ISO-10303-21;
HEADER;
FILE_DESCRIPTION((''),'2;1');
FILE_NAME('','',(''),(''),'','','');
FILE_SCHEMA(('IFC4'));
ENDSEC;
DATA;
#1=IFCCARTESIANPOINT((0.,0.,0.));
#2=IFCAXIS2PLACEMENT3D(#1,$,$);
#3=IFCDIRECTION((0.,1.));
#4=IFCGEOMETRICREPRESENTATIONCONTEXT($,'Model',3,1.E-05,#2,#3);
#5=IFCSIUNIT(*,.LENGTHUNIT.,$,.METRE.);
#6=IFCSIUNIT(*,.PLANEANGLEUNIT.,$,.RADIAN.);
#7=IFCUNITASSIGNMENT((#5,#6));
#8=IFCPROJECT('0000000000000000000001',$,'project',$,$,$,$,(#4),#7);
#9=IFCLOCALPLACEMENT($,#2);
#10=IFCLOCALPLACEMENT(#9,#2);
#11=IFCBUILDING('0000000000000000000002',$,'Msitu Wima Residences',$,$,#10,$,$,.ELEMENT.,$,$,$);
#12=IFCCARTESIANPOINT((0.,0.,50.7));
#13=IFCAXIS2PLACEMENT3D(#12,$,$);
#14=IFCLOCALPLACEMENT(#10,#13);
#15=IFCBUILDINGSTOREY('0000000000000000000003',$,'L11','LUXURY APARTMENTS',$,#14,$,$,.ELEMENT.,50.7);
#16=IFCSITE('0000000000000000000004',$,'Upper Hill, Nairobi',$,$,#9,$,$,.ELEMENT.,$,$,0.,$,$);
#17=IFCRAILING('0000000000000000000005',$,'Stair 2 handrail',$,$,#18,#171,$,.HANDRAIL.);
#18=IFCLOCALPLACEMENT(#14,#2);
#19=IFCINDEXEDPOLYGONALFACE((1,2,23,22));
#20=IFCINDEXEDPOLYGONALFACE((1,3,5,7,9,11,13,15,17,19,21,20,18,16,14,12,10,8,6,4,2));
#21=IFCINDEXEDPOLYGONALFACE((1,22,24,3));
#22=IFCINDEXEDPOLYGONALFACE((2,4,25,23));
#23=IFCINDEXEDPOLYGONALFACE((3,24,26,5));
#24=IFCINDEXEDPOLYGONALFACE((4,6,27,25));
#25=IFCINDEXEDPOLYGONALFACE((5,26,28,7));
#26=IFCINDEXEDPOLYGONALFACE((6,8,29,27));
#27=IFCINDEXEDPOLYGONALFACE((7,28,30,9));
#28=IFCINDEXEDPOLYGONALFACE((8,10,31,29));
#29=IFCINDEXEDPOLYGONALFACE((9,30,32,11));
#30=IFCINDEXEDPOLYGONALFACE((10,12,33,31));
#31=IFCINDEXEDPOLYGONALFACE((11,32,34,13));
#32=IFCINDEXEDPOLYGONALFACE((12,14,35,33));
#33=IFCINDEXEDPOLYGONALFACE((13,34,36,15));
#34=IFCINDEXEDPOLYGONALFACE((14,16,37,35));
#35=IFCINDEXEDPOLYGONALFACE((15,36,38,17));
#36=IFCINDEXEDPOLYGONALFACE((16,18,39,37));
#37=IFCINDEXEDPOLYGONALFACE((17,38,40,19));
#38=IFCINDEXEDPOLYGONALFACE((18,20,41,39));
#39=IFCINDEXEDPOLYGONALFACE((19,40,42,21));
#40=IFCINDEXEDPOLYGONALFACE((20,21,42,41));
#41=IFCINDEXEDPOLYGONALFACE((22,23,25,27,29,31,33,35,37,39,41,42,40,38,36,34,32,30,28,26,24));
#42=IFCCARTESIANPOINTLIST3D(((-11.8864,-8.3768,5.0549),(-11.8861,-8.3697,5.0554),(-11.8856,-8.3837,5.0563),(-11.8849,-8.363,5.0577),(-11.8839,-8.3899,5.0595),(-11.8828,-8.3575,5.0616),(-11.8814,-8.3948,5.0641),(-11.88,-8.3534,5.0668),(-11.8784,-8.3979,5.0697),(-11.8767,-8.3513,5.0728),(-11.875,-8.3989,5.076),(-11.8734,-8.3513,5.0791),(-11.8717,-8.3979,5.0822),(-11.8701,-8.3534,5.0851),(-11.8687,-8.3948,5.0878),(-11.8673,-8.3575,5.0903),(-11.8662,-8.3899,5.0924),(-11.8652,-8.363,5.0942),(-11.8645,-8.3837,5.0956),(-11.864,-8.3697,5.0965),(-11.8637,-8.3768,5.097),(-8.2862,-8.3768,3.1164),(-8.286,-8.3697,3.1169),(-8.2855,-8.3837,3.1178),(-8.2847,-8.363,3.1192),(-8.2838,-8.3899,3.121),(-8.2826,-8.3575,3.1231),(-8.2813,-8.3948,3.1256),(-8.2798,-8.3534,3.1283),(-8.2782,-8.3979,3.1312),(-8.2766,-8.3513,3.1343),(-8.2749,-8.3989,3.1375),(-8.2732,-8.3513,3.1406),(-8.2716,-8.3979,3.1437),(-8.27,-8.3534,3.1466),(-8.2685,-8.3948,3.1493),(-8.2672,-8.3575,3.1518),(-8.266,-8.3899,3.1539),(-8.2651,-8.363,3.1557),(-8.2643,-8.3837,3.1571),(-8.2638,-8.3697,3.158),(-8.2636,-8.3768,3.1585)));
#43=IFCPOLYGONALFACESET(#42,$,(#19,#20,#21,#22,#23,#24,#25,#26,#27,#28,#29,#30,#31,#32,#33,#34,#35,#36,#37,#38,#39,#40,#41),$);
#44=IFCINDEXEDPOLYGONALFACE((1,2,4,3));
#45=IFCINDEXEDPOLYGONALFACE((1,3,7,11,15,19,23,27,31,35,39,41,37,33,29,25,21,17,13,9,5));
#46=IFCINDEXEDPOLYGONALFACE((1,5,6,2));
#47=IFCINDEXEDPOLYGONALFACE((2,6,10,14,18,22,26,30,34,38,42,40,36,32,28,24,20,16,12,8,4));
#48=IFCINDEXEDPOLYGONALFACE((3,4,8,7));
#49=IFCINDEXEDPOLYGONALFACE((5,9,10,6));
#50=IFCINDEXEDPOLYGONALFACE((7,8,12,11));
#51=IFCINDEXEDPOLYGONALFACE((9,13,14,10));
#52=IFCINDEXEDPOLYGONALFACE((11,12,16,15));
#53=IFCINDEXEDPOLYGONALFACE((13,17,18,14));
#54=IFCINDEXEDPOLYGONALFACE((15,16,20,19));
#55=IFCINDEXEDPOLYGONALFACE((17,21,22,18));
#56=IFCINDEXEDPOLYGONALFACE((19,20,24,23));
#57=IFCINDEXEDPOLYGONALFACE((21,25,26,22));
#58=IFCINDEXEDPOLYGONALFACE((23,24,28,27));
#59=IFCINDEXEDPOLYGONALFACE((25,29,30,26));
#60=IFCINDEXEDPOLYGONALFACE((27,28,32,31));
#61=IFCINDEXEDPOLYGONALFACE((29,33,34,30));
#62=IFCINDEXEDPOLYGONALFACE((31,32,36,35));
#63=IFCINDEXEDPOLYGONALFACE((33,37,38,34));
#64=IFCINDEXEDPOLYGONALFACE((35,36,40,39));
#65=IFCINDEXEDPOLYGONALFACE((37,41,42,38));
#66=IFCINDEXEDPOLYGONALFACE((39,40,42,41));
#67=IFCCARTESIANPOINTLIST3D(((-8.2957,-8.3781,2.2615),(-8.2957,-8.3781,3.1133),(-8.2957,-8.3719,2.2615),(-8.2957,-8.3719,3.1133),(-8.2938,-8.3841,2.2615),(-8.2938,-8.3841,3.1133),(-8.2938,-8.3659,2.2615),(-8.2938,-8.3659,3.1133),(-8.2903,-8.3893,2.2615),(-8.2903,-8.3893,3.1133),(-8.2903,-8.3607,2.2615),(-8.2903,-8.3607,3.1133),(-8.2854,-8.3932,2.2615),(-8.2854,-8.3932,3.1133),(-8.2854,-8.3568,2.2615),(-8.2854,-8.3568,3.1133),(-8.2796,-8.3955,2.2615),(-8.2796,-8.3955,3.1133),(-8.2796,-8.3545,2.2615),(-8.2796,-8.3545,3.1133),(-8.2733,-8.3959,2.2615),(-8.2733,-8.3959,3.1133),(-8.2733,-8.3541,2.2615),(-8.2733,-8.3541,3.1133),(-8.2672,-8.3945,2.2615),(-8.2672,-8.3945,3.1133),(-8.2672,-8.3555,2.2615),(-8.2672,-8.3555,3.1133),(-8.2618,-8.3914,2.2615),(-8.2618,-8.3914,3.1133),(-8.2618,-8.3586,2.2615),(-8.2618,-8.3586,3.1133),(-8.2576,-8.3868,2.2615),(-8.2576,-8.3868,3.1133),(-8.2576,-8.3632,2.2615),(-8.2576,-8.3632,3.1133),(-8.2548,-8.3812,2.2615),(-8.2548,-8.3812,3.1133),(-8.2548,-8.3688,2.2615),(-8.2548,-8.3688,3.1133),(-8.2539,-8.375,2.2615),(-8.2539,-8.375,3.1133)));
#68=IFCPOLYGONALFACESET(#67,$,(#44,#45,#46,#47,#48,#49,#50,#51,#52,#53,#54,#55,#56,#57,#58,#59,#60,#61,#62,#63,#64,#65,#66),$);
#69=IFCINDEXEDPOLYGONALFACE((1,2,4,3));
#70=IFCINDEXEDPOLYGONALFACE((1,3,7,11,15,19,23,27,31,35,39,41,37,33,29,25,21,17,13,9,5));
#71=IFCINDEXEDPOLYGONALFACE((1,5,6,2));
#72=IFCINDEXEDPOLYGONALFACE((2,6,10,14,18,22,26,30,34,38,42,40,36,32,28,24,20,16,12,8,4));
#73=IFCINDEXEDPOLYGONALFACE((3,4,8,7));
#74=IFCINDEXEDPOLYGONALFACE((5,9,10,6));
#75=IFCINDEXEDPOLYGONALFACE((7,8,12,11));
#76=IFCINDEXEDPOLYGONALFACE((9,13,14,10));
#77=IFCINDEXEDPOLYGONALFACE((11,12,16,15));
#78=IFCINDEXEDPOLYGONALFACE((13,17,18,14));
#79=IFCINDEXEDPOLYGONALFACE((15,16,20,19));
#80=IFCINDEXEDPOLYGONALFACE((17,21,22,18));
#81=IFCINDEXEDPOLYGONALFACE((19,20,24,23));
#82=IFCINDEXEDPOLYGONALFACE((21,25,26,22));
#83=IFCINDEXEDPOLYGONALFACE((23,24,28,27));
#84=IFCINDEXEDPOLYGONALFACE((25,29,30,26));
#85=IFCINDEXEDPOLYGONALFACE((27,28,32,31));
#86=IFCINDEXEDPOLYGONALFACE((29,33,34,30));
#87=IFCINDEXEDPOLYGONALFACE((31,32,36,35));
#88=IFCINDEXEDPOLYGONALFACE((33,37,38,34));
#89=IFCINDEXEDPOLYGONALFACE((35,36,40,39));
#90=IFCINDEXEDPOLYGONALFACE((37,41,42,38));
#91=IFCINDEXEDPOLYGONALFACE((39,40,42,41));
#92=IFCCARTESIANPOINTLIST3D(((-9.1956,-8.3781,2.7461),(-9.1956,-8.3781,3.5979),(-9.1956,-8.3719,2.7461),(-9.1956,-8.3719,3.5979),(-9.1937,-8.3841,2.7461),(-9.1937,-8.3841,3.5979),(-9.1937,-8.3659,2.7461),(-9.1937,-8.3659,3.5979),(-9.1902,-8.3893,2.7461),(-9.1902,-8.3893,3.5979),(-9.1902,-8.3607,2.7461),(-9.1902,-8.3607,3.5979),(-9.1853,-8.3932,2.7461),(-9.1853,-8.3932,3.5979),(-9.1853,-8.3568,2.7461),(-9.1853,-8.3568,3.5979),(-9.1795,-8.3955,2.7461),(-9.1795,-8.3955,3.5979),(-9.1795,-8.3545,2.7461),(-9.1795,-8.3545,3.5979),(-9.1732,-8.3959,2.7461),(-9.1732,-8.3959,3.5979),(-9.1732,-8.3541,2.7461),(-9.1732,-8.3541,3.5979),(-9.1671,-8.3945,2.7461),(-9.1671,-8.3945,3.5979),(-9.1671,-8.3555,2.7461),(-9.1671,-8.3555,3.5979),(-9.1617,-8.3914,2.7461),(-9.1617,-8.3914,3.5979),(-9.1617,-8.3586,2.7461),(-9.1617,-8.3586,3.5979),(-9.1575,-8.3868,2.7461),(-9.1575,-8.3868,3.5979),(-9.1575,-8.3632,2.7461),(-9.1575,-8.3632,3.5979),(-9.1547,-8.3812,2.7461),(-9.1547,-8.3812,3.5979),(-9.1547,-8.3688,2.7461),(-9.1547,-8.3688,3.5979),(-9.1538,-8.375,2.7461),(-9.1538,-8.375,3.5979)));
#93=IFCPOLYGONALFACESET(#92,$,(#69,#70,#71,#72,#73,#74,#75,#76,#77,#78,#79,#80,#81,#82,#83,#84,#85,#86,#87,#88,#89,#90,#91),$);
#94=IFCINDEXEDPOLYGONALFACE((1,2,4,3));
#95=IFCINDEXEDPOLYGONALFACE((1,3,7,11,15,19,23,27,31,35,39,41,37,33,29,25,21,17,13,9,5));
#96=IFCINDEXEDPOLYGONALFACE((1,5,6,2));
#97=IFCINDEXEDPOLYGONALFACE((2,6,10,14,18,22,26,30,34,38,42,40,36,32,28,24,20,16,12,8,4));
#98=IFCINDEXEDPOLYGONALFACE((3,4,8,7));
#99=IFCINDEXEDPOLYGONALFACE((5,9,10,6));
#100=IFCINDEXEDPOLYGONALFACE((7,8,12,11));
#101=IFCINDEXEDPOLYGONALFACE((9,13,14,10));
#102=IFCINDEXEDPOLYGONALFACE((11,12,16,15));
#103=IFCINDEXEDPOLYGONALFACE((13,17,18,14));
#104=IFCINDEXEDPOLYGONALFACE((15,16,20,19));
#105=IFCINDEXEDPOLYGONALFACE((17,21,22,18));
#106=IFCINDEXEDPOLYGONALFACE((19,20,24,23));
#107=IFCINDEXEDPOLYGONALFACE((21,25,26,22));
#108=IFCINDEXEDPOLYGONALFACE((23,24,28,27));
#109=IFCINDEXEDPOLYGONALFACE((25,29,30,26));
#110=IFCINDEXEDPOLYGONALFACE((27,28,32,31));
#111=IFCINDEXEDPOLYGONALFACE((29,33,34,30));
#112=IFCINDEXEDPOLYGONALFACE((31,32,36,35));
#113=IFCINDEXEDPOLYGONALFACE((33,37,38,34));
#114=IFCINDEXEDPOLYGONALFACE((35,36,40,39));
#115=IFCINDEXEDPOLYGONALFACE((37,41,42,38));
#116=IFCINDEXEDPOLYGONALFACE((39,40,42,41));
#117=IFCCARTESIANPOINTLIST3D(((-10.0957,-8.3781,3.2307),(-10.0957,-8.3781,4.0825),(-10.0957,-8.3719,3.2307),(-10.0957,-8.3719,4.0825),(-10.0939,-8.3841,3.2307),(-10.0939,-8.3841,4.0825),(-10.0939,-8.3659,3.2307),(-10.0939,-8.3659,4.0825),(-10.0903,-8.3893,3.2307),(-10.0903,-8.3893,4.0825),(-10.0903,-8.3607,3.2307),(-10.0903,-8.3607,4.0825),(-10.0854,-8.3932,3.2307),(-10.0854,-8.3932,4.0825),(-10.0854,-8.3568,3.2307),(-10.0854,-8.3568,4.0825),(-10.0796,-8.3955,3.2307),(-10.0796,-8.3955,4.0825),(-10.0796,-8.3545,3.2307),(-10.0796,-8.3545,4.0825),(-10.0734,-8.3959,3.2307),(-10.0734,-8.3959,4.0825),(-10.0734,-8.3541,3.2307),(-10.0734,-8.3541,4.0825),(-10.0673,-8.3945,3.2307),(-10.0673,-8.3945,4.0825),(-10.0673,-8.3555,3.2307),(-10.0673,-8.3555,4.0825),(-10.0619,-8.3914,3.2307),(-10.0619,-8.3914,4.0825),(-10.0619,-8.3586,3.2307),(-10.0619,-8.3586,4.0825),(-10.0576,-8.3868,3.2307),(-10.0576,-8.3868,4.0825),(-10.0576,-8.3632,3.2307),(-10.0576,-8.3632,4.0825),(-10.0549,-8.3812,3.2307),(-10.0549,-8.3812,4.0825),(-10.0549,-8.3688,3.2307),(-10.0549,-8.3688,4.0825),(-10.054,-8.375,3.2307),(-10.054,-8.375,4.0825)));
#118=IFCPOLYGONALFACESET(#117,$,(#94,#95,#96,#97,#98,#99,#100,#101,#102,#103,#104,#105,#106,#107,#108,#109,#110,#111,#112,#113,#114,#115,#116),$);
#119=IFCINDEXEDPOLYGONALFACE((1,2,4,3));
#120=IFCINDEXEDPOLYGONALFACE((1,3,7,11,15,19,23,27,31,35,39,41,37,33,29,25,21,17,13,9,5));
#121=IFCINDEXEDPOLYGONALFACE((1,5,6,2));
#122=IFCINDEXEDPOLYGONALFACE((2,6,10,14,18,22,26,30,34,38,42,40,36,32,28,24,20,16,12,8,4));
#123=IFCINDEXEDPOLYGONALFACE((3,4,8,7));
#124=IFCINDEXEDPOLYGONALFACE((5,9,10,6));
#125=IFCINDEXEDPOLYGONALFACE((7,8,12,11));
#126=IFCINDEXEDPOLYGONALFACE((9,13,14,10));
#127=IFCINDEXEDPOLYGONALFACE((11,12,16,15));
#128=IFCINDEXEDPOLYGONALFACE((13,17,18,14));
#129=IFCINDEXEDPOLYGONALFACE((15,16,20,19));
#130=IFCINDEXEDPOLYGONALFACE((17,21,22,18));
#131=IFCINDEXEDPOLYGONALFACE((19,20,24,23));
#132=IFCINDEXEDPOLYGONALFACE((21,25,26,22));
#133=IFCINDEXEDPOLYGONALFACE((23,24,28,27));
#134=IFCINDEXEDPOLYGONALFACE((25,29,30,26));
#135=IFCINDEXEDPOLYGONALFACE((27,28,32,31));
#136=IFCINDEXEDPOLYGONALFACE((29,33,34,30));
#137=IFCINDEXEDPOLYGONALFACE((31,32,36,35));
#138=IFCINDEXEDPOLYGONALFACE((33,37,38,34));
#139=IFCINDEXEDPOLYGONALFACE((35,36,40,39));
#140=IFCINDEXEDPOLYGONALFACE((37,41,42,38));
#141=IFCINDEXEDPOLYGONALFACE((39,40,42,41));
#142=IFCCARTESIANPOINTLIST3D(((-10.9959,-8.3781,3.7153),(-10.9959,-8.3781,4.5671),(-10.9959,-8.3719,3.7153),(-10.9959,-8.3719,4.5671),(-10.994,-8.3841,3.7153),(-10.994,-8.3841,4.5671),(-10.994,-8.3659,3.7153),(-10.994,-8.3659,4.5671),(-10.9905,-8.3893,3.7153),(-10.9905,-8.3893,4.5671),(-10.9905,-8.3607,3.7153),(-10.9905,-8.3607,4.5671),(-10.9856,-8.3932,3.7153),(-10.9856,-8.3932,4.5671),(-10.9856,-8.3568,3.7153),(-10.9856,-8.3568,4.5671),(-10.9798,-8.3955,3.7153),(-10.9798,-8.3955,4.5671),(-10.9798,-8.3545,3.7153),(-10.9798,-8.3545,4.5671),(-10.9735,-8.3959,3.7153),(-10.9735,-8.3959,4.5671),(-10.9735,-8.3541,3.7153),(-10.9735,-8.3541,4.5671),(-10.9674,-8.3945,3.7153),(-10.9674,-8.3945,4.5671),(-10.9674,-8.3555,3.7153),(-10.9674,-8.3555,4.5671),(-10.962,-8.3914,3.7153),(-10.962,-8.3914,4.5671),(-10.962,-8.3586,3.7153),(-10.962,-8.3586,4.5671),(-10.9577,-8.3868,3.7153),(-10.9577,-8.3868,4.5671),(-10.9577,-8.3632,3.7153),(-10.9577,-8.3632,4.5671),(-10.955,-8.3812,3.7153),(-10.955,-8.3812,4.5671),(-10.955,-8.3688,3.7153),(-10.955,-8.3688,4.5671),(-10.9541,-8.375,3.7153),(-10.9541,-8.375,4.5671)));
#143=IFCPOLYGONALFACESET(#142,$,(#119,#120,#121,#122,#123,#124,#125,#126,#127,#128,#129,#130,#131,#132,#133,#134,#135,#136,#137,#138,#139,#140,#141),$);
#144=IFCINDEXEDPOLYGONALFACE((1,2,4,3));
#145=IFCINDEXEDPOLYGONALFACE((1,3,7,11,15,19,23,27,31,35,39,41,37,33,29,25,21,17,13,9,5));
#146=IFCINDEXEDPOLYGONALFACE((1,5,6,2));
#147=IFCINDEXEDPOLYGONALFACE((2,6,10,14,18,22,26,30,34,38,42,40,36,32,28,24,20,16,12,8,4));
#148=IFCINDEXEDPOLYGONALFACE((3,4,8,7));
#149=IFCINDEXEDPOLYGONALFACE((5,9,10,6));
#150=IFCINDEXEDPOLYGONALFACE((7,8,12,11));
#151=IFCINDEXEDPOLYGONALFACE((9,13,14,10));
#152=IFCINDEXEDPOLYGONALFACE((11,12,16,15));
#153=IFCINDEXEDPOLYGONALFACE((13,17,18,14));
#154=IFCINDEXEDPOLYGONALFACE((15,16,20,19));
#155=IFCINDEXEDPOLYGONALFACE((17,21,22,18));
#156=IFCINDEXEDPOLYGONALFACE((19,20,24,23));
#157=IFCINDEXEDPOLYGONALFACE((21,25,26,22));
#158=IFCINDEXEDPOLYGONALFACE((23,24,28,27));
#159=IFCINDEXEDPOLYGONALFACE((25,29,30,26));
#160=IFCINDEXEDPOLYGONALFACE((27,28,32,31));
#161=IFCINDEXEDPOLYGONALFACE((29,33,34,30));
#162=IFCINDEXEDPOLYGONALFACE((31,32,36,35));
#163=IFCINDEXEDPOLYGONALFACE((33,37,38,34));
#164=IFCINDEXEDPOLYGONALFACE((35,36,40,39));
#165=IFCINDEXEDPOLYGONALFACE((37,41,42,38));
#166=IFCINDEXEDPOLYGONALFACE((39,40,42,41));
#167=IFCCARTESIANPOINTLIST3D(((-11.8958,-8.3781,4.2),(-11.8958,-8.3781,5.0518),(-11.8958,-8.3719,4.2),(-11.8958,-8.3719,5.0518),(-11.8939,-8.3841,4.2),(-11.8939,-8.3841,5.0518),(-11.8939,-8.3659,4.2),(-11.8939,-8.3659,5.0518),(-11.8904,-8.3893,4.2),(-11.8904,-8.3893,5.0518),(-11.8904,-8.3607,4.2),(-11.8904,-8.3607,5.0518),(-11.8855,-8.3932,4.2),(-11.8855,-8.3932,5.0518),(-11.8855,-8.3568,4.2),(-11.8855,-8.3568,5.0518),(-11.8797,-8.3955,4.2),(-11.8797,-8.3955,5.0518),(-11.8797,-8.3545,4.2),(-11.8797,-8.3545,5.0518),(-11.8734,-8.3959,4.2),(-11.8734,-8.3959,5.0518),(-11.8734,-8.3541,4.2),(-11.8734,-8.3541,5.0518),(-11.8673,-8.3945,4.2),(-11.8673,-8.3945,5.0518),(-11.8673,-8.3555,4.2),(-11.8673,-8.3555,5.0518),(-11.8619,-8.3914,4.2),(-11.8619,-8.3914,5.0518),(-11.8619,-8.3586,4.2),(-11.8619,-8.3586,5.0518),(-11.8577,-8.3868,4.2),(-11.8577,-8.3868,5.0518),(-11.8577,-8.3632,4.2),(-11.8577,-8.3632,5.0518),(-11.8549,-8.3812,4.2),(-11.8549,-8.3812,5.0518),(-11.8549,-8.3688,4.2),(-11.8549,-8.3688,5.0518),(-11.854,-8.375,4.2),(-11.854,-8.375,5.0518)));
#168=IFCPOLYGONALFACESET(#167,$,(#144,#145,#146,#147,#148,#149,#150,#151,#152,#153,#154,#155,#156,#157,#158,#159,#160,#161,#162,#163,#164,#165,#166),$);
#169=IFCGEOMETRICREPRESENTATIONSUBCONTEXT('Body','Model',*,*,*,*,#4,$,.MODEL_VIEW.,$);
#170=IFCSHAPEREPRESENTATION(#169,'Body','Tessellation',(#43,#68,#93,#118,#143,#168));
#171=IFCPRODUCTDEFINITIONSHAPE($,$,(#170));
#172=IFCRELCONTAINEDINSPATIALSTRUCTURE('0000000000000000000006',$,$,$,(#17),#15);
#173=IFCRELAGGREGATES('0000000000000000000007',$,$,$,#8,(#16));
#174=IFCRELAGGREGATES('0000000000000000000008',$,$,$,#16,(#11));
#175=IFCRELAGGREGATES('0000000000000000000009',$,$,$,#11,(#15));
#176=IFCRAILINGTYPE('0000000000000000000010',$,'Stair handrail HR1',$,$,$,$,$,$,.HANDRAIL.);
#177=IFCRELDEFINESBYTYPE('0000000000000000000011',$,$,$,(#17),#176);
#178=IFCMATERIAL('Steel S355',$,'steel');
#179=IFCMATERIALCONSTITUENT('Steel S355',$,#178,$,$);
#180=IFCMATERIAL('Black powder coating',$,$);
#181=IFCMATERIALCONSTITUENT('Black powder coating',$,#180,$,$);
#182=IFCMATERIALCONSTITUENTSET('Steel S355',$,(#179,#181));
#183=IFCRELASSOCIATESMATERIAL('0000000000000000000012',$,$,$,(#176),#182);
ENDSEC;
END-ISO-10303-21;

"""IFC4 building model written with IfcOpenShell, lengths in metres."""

from ifc_helpers import new_model, si_unit, direction, frame, origin, origin_2d, place, context, subcontext, project, spatial, circle, extrude, material, constituent, constituent_set, type_object, element, save


model = new_model("IFC4")

# Units and contexts
model_context = context("Model", 3, precision=1e-05, world=origin(), true_north=direction((0.0, 1.0)))
body_context = subcontext(model_context, "Body", "Model", "MODEL_VIEW")
ifc_project = project(units=[si_unit("LENGTHUNIT", "METRE"), si_unit("PLANEANGLEUNIT", "RADIAN")], contexts=[model_context])

# Site, building, storey
site_placement = place(None, origin())
site = spatial("IfcSite", under=ifc_project, at=site_placement, Name="Upper Hill, Nairobi", CompositionType="ELEMENT", RefElevation=0.0)
building_placement = place(site_placement, origin())
building = spatial("IfcBuilding", under=site, at=building_placement, Name="Msitu Wima Residences", CompositionType="ELEMENT")
storey_placement = place(building_placement, frame((0.0, 0.0, 50.7)))
storey = spatial("IfcBuildingStorey", under=building, at=storey_placement, Name="L11", Description="LUXURY APARTMENTS", CompositionType="ELEMENT", Elevation=50.7)

# Railing
ifc_material_1 = material(Name="Steel S355", Category="steel")
ifc_constituent_1 = constituent(ifc_material_1, Name="Steel S355")
ifc_material_2 = material(Name="Black powder coating")
ifc_constituent_2 = constituent(ifc_material_2, Name="Black powder coating")
ifc_constituent_set = constituent_set(constituents=[ifc_constituent_1, ifc_constituent_2], Name="Steel S355")
railing_type = type_object("IfcRailingType", Name="Stair handrail HR1", PredefinedType="HANDRAIL", material=ifc_constituent_set)
for number, where, name in (
    (1, (-8.2749, -8.375, 2.2615), "Stair 2 handrail"),
):
    element("IfcRailing", number, at=place(storey_placement, frame(where)), inside=storey, type_object=railing_type, Name=name, PredefinedType="HANDRAIL", context=body_context, shape_type="SweptSolid", body=[
        extrude(circle(Radius=0.0239, at=origin_2d()), frame((0.0, 0.0, 0.876), z_axis=(-0.880475, 0.0, 0.474093), x_axis=(0.0, -1.0, 0.0)), (0.0, 0.0, 1.0), 4.0889),
        extrude(circle(Radius=0.021, at=origin_2d()), origin(), (0.0, 0.0, 1.0), 0.8518),
        extrude(circle(Radius=0.021, at=origin_2d()), frame((-0.8999, 0.0, 0.4846)), (0.0, 0.0, 1.0), 0.8518),
        extrude(circle(Radius=0.021, at=origin_2d()), frame((-1.8, 0.0, 0.9692)), (0.0, 0.0, 1.0), 0.8518),
        extrude(circle(Radius=0.021, at=origin_2d()), frame((-2.7002, 0.0, 1.4539)), (0.0, 0.0, 1.0), 0.8518),
        extrude(circle(Radius=0.021, at=origin_2d()), frame((-3.6001, 0.0, 1.9385)), (0.0, 0.0, 1.0), 0.8518),
    ])

save(model, "model.ifc")
